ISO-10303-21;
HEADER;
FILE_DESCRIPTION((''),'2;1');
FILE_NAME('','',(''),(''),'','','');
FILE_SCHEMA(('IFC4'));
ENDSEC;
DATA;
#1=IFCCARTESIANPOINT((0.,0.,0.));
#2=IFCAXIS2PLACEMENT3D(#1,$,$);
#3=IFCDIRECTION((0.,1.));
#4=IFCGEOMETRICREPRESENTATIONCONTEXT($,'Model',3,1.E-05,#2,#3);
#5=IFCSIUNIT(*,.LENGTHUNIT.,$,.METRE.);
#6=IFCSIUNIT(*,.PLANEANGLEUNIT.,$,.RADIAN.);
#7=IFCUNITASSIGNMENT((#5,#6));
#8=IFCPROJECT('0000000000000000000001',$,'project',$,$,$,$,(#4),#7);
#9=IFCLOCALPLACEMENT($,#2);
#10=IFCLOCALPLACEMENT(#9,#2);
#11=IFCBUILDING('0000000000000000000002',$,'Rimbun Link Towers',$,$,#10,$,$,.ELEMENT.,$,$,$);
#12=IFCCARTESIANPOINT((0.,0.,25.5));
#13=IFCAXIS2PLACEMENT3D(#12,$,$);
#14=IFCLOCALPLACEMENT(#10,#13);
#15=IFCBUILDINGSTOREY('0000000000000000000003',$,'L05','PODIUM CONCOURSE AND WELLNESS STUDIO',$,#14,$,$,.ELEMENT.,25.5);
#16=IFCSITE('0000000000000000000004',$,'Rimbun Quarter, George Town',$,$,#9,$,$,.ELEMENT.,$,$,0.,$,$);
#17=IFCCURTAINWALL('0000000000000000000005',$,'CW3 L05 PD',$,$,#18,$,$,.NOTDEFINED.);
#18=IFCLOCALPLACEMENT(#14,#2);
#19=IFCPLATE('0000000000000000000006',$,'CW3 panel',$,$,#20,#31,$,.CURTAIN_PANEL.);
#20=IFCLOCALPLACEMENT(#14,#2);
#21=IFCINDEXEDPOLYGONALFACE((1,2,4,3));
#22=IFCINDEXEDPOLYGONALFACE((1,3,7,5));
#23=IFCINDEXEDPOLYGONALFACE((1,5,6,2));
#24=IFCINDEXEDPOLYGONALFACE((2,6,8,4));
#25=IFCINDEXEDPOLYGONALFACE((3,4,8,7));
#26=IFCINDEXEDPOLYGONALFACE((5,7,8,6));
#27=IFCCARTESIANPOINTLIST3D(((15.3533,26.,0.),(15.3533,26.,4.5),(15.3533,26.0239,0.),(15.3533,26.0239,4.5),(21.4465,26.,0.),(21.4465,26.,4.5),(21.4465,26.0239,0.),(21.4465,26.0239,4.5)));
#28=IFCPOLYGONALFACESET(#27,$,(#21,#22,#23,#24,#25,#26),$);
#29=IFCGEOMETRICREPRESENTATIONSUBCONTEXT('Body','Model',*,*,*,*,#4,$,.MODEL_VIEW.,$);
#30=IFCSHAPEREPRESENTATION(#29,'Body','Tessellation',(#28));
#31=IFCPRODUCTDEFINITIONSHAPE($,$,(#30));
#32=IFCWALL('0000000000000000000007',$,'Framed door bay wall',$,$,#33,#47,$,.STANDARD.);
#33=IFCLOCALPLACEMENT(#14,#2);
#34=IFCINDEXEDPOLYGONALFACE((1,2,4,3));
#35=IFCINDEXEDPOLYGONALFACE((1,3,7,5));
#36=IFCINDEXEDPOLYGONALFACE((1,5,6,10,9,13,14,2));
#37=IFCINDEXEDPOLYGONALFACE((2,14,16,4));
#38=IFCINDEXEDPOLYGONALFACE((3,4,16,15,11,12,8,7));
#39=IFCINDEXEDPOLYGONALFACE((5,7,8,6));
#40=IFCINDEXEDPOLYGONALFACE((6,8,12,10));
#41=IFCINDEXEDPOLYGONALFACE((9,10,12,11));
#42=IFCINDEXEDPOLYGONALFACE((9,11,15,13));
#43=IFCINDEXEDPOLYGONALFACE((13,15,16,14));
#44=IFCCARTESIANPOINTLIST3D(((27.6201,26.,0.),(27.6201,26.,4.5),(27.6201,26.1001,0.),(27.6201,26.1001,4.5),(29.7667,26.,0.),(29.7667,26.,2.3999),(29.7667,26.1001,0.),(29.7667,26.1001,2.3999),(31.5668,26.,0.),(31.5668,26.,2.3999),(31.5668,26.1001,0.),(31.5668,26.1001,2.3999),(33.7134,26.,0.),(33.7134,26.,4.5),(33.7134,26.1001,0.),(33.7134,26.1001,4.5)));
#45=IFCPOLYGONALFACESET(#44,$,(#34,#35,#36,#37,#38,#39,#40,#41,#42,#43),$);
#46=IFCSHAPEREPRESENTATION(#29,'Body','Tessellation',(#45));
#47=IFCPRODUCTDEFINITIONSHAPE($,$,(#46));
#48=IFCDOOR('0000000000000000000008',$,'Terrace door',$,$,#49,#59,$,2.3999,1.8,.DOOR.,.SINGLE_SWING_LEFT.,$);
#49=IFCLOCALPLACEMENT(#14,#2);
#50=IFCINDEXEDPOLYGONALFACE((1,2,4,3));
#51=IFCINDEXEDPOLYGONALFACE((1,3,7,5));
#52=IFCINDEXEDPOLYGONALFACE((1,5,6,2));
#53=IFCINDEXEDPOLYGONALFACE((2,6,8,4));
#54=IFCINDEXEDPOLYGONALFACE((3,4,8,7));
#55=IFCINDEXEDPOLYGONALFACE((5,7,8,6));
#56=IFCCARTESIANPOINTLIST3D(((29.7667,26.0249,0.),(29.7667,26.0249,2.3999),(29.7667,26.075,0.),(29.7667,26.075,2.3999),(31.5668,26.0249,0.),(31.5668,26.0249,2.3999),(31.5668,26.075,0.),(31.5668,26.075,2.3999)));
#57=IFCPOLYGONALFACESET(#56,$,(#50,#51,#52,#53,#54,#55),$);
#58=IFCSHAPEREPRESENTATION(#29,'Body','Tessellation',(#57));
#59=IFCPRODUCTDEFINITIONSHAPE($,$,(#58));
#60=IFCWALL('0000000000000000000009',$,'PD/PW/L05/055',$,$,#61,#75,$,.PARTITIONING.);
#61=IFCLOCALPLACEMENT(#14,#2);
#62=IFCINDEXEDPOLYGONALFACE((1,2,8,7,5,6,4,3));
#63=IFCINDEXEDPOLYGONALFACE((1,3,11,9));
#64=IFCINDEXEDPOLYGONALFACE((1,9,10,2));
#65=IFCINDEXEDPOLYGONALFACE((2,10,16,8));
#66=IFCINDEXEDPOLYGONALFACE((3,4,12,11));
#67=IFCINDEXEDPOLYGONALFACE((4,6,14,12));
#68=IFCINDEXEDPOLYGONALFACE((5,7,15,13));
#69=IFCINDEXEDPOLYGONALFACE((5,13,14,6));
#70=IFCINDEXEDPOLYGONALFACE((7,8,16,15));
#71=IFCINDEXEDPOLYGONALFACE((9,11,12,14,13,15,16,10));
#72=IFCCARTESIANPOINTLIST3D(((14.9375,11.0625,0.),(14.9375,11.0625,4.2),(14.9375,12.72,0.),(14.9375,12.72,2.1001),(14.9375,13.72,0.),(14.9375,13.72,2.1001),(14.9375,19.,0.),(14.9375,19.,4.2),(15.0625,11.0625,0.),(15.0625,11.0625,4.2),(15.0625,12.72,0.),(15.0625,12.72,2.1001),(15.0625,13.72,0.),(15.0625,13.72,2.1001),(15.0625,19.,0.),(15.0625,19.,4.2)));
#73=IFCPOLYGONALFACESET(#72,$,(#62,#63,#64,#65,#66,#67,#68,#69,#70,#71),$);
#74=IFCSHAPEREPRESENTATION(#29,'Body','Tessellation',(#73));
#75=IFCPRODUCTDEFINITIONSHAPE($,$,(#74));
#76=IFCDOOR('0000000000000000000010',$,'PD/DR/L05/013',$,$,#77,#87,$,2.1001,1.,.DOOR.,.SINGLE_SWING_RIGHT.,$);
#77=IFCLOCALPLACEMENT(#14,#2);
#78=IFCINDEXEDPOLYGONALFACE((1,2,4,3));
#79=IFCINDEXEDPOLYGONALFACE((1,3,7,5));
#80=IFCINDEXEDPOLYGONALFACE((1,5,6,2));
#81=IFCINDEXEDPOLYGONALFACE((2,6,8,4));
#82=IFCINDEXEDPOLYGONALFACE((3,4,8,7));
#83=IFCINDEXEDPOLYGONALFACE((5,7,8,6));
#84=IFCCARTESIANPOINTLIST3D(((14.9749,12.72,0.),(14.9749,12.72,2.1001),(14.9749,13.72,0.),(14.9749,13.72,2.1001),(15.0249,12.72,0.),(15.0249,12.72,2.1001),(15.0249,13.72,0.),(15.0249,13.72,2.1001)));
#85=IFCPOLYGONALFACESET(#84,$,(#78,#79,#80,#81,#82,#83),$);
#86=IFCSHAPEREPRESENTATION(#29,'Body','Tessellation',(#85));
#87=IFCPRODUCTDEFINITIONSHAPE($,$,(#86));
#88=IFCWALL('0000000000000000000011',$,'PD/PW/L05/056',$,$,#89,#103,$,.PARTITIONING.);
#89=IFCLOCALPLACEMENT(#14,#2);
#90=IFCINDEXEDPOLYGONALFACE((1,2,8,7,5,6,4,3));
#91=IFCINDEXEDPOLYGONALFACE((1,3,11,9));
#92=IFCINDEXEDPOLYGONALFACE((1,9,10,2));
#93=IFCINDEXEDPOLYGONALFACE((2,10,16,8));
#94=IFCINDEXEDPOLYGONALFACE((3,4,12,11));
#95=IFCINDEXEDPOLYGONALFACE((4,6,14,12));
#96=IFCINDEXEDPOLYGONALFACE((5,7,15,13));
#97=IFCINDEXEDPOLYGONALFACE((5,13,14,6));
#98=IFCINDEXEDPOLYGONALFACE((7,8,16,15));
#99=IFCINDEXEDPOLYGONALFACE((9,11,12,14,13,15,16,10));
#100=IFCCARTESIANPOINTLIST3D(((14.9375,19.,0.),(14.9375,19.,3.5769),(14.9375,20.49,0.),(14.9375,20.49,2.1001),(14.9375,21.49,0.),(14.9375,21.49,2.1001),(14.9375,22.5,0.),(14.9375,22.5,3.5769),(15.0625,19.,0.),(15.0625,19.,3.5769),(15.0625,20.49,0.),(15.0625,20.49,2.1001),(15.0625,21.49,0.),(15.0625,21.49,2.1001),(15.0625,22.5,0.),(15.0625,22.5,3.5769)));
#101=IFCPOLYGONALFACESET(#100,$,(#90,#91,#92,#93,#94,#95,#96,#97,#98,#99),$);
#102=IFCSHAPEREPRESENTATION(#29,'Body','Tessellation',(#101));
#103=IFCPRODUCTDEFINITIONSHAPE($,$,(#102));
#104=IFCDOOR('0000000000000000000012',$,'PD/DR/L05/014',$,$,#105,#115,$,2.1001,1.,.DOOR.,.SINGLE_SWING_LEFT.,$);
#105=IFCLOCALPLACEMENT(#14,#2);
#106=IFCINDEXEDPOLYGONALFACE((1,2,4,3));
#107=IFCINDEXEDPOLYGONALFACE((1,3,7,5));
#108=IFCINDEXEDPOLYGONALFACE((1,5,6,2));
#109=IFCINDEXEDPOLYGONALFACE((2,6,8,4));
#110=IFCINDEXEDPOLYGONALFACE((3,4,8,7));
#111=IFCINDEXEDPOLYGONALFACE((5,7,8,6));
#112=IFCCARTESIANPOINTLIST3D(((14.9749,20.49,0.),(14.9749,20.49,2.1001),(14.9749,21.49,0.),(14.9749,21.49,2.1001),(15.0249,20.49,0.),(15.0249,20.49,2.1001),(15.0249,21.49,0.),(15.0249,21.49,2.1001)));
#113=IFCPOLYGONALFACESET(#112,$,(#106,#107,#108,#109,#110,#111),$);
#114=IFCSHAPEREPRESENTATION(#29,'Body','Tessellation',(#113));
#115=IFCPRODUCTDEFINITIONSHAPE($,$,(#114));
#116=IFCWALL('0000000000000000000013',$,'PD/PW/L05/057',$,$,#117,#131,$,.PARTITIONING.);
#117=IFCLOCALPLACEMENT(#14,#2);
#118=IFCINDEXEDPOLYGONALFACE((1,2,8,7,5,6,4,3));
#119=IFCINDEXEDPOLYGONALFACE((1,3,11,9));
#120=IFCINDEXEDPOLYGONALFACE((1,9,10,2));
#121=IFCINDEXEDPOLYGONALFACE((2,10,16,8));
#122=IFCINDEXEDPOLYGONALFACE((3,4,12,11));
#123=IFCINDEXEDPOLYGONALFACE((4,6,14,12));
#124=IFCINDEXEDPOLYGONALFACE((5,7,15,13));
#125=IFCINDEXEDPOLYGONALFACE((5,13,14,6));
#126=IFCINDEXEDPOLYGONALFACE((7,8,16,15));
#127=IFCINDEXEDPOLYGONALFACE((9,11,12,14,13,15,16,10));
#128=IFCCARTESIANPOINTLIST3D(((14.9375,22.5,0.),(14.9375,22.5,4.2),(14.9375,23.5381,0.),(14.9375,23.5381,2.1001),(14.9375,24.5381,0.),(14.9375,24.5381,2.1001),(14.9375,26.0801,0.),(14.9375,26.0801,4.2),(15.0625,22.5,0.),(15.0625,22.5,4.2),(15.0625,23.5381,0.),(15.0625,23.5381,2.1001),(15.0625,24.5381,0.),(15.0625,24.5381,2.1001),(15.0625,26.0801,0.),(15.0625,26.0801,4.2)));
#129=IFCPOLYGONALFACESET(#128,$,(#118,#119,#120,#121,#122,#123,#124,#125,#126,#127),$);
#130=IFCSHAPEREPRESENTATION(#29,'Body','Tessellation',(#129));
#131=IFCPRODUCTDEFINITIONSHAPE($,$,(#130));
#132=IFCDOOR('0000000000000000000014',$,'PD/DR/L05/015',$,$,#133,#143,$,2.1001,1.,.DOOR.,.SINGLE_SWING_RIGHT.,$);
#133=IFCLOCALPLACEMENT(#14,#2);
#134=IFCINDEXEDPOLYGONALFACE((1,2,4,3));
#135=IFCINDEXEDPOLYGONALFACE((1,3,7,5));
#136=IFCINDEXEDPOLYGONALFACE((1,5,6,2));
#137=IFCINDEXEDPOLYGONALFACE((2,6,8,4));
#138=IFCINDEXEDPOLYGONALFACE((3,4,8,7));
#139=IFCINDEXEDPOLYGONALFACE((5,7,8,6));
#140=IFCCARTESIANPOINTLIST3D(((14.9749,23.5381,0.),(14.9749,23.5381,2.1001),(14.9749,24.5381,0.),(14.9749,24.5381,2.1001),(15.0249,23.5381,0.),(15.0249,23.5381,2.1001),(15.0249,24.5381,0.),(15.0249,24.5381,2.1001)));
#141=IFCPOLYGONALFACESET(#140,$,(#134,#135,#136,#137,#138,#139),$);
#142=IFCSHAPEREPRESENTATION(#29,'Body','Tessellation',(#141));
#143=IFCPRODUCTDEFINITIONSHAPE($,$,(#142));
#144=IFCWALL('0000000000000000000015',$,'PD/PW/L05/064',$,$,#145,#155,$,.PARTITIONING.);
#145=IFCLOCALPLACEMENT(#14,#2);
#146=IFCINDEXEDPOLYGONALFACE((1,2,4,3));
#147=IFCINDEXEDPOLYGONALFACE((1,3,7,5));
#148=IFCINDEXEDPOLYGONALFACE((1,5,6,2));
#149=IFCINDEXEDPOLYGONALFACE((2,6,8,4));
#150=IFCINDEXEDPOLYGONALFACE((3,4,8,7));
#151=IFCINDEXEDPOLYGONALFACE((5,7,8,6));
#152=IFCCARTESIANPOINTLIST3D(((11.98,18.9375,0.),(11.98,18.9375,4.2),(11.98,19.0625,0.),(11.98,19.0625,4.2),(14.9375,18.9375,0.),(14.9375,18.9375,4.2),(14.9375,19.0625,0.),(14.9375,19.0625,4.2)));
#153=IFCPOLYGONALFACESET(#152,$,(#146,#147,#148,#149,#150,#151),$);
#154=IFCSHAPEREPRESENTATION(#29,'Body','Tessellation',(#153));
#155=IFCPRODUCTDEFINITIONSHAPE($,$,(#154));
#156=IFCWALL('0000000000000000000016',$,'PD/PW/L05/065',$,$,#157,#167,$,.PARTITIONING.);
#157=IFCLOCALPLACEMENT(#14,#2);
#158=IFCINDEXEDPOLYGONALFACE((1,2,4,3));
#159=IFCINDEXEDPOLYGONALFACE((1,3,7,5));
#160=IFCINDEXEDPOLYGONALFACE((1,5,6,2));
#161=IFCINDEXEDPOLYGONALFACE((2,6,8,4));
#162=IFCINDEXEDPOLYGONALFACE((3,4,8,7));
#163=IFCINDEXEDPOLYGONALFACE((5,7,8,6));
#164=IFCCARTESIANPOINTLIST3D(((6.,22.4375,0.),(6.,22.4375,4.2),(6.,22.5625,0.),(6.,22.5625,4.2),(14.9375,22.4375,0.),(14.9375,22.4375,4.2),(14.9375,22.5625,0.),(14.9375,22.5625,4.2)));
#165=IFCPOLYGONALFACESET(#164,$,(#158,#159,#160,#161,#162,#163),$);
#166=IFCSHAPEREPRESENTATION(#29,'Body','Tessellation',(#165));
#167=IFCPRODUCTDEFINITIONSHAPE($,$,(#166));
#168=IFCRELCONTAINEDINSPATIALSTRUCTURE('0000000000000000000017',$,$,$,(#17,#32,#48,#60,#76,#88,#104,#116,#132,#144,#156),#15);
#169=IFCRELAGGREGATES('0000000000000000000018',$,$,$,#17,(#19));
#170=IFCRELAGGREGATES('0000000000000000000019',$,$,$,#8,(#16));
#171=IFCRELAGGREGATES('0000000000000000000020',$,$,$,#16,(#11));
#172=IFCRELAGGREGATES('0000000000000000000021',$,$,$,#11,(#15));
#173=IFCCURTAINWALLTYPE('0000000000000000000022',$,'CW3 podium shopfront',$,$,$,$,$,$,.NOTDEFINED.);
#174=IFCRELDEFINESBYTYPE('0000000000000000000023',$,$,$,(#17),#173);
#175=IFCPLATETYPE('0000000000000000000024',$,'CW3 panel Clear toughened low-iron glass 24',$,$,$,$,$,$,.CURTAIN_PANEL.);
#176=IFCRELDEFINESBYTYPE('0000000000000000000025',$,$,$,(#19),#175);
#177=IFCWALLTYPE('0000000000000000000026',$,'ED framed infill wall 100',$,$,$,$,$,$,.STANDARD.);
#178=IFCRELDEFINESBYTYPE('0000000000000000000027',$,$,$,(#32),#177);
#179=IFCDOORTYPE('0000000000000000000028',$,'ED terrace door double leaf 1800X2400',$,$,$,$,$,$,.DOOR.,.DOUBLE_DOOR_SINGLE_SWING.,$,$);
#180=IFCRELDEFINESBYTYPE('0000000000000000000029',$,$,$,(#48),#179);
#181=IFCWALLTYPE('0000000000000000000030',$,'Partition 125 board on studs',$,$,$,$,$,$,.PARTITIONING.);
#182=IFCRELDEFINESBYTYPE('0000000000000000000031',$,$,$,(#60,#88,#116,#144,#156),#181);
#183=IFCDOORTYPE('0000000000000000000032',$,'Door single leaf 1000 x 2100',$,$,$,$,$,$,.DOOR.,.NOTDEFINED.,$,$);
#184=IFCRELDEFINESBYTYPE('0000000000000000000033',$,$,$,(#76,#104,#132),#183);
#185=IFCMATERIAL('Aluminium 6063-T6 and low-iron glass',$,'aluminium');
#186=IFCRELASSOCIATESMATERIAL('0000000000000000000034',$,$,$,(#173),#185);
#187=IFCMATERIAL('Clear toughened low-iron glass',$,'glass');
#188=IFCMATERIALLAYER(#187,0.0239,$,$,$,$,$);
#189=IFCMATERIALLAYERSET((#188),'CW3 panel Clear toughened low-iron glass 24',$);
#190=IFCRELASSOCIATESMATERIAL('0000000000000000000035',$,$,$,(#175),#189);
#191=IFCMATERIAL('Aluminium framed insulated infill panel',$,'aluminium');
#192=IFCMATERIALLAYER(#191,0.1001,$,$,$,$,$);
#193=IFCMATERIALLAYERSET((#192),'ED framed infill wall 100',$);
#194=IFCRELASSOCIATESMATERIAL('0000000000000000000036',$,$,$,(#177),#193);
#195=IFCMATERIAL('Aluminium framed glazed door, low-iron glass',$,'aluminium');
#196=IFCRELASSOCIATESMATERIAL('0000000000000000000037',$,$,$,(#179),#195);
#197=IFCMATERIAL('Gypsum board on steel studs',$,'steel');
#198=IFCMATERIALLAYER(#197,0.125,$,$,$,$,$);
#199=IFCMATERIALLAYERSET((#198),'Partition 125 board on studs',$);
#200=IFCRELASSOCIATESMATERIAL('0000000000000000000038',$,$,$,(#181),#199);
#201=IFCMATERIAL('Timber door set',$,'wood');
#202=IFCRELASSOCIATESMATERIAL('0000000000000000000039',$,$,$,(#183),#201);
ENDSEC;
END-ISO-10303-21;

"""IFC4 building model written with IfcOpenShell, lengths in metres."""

from ifc_helpers import new_model, si_unit, direction, frame, frame_2d, origin, origin_2d, place, context, subcontext, project, spatial, rectangle, extrude, material, layer, layer_set, type_object, element, fill, aggregate, save


model = new_model("IFC4")

# Units and contexts
model_context = context("Model", 3, precision=1e-05, world=origin(), true_north=direction((0.0, 1.0)))
body_context = subcontext(model_context, "Body", "Model", "MODEL_VIEW")
ifc_project = project(units=[si_unit("LENGTHUNIT", "METRE"), si_unit("PLANEANGLEUNIT", "RADIAN")], contexts=[model_context])

# Site, building, storey
site_placement = place(None, origin())
site = spatial("IfcSite", under=ifc_project, at=site_placement, Name="Rimbun Quarter, George Town", CompositionType="ELEMENT", RefElevation=0.0)
building_placement = place(site_placement, origin())
building = spatial("IfcBuilding", under=site, at=building_placement, Name="Rimbun Link Towers", CompositionType="ELEMENT")
storey_placement = place(building_placement, frame((0.0, 0.0, 25.5)))
storey = spatial("IfcBuildingStorey", under=building, at=storey_placement, Name="L05", Description="PODIUM CONCOURSE AND WELLNESS STUDIO", CompositionType="ELEMENT", Elevation=25.5)

# Curtain wall
ifc_material_1 = material(Name="Aluminium 6063-T6 and low-iron glass", Category="aluminium")
curtain_wall_type = type_object("IfcCurtainWallType", Name="CW3 podium shopfront", PredefinedType="NOTDEFINED", material=ifc_material_1)
curtain_wall_placement = place(storey_placement, origin())
curtain_wall = element("IfcCurtainWall", 1, at=curtain_wall_placement, inside=storey, type_object=curtain_wall_type, Name="CW3 L05 PD", PredefinedType="NOTDEFINED")

# Plate
ifc_material_2 = material(Name="Clear toughened low-iron glass", Category="glass")
ifc_layer_1 = layer(ifc_material_2, 0.0239)
ifc_layer_set_1 = layer_set([ifc_layer_1], Name="CW3 panel Clear toughened low-iron glass 24")
plate_type = type_object("IfcPlateType", Name="CW3 panel Clear toughened low-iron glass 24", PredefinedType="CURTAIN_PANEL", material=ifc_layer_set_1)
plate_1_placement = place(storey_placement, frame((18.3999, 26.012, 0.0), z_axis=(0.0, 0.0, 1.0), x_axis=(1.0, 0.0, 0.0)))
plate_1 = element("IfcPlate", 2, at=plate_1_placement, type_object=plate_type, Name="CW3 panel", PredefinedType="CURTAIN_PANEL", context=body_context, shape_type="SweptSolid", body=[
    extrude(rectangle(XDim=6.0933, YDim=0.0239, at=origin_2d()), origin(), (0.0, 0.0, 1.0), 4.5),
])
aggregate(curtain_wall, [plate_1])

# Walls, openings, doors
ifc_material_3 = material(Name="Aluminium framed insulated infill panel", Category="aluminium")
ifc_layer_2 = layer(ifc_material_3, 0.1001)
ifc_layer_set_2 = layer_set([ifc_layer_2], Name="ED framed infill wall 100")
wall_type_1 = type_object("IfcWallType", Name="ED framed infill wall 100", PredefinedType="STANDARD", material=ifc_layer_set_2)
wall_1_placement = place(storey_placement, frame((27.6201, 26.05, 0.0), z_axis=(0.0, 0.0, 1.0), x_axis=(1.0, 0.0, 0.0)))
wall_1 = element("IfcWall", 3, at=wall_1_placement, inside=storey, type_object=wall_type_1, Name="Framed door bay wall", PredefinedType="STANDARD", context=body_context, shape_type="SweptSolid", body=[
    extrude(rectangle(XDim=6.0933, YDim=0.1001, at=frame_2d((3.0466, 0.0))), origin(), (0.0, 0.0, 1.0), 4.5),
])
opening_1_placement = place(wall_1_placement, frame((2.1467, 0.0, 0.0)))
opening_1 = element("IfcOpeningElement", 4, at=opening_1_placement, cuts=wall_1, PredefinedType="OPENING", context=body_context, shape_type="SweptSolid", body=[
    extrude(rectangle(XDim=1.8, YDim=2.3999, at=frame_2d((0.8999, 1.2))), frame((0.0, 0.0601, 0.0), z_axis=(0.0, -1.0, 0.0), x_axis=(1.0, 0.0, 0.0)), (0.0, 0.0, 1.0), 0.1201),
])
ifc_material_4 = material(Name="Aluminium framed glazed door, low-iron glass", Category="aluminium")
door_type_1 = type_object("IfcDoorType", Name="ED terrace door double leaf 1800X2400", OperationType="DOUBLE_DOOR_SINGLE_SWING", PredefinedType="DOOR", material=ifc_material_4)
door_1_placement = place(opening_1_placement, origin())
door_1 = element("IfcDoor", 5, at=door_1_placement, inside=storey, type_object=door_type_1, Name="Terrace door", OperationType="SINGLE_SWING_LEFT", OverallHeight=2.3999, OverallWidth=1.8, PredefinedType="DOOR", context=body_context, shape_type="SweptSolid", body=[
    extrude(rectangle(XDim=1.8, YDim=2.3999, at=frame_2d((0.8999, 1.2))), frame((0.0, 0.0249, 0.0), z_axis=(0.0, -1.0, 0.0), x_axis=(1.0, 0.0, 0.0)), (0.0, 0.0, 1.0), 0.05),
])
fill(opening_1, door_1)
ifc_material_5 = material(Name="Gypsum board on steel studs", Category="steel")
ifc_layer_3 = layer(ifc_material_5, 0.125)
ifc_layer_set_3 = layer_set([ifc_layer_3], Name="Partition 125 board on studs")
wall_type_2 = type_object("IfcWallType", Name="Partition 125 board on studs", PredefinedType="PARTITIONING", material=ifc_layer_set_3)
wall_2_placement = place(storey_placement, frame((15.0, 19.0, 0.0), z_axis=(0.0, 0.0, 1.0), x_axis=(0.0, -1.0, 0.0)))
wall_2 = element("IfcWall", 6, at=wall_2_placement, inside=storey, type_object=wall_type_2, Name="PD/PW/L05/055", PredefinedType="PARTITIONING", context=body_context, shape_type="SweptSolid", body=[
    extrude(rectangle(XDim=7.9375, YDim=0.125, at=frame_2d((3.9688, 0.0))), origin(), (0.0, 0.0, 1.0), 4.2),
])
opening_2_placement = place(wall_2_placement, frame((5.28, 0.0, 0.0)))
opening_2 = element("IfcOpeningElement", 7, at=opening_2_placement, cuts=wall_2, PredefinedType="OPENING", context=body_context, shape_type="SweptSolid", body=[
    extrude(rectangle(XDim=1.0, YDim=2.1001, at=frame_2d((0.5, 1.05))), frame((0.0, 0.0725, 0.0), z_axis=(0.0, -1.0, 0.0), x_axis=(1.0, 0.0, 0.0)), (0.0, 0.0, 1.0), 0.145),
])
ifc_material_6 = material(Name="Timber door set", Category="wood")
door_type_2 = type_object("IfcDoorType", Name="Door single leaf 1000 x 2100", OperationType="NOTDEFINED", PredefinedType="DOOR", material=ifc_material_6)
door_2_placement = place(opening_2_placement, origin())
door_2 = element("IfcDoor", 8, at=door_2_placement, inside=storey, type_object=door_type_2, Name="PD/DR/L05/013", OperationType="SINGLE_SWING_RIGHT", OverallHeight=2.1001, OverallWidth=1.0, PredefinedType="DOOR", context=body_context, shape_type="SweptSolid", body=[
    extrude(rectangle(XDim=1.0, YDim=2.1001, at=frame_2d((0.5, 1.05))), frame((0.0, 0.0249, 0.0), z_axis=(0.0, -1.0, 0.0), x_axis=(1.0, 0.0, 0.0)), (0.0, 0.0, 1.0), 0.05),
])
fill(opening_2, door_2)
wall_3_placement = place(storey_placement, frame((15.0, 22.5, 0.0), z_axis=(0.0, 0.0, 1.0), x_axis=(0.0, -1.0, 0.0)))
wall_3 = element("IfcWall", 9, at=wall_3_placement, inside=storey, type_object=wall_type_2, Name="PD/PW/L05/056", PredefinedType="PARTITIONING", context=body_context, shape_type="SweptSolid", body=[
    extrude(rectangle(XDim=3.5, YDim=0.125, at=frame_2d((1.75, 0.0))), origin(), (0.0, 0.0, 1.0), 3.5769),
])
opening_3_placement = place(wall_3_placement, frame((1.01, 0.0, 0.0)))
opening_3 = element("IfcOpeningElement", 10, at=opening_3_placement, cuts=wall_3, PredefinedType="OPENING", context=body_context, shape_type="SweptSolid", body=[
    extrude(rectangle(XDim=1.0, YDim=2.1001, at=frame_2d((0.5, 1.05))), frame((0.0, 0.0725, 0.0), z_axis=(0.0, -1.0, 0.0), x_axis=(1.0, 0.0, 0.0)), (0.0, 0.0, 1.0), 0.145),
])
door_3_placement = place(opening_3_placement, origin())
door_3 = element("IfcDoor", 11, at=door_3_placement, inside=storey, type_object=door_type_2, Name="PD/DR/L05/014", OperationType="SINGLE_SWING_LEFT", OverallHeight=2.1001, OverallWidth=1.0, PredefinedType="DOOR", context=body_context, shape_type="SweptSolid", body=[
    extrude(rectangle(XDim=1.0, YDim=2.1001, at=frame_2d((0.5, 1.05))), frame((0.0, 0.0249, 0.0), z_axis=(0.0, -1.0, 0.0), x_axis=(1.0, 0.0, 0.0)), (0.0, 0.0, 1.0), 0.05),
])
fill(opening_3, door_3)
wall_4_placement = place(storey_placement, frame((15.0, 26.0801, 0.0), z_axis=(0.0, 0.0, 1.0), x_axis=(0.0, -1.0, 0.0)))
wall_4 = element("IfcWall", 12, at=wall_4_placement, inside=storey, type_object=wall_type_2, Name="PD/PW/L05/057", PredefinedType="PARTITIONING", context=body_context, shape_type="SweptSolid", body=[
    extrude(rectangle(XDim=3.5801, YDim=0.125, at=frame_2d((1.79, 0.0))), origin(), (0.0, 0.0, 1.0), 4.2),
])
opening_4_placement = place(wall_4_placement, frame((1.542, 0.0, 0.0)))
opening_4 = element("IfcOpeningElement", 13, at=opening_4_placement, cuts=wall_4, PredefinedType="OPENING", context=body_context, shape_type="SweptSolid", body=[
    extrude(rectangle(XDim=1.0, YDim=2.1001, at=frame_2d((0.5, 1.05))), frame((0.0, 0.0725, 0.0), z_axis=(0.0, -1.0, 0.0), x_axis=(1.0, 0.0, 0.0)), (0.0, 0.0, 1.0), 0.145),
])
door_4_placement = place(opening_4_placement, origin())
door_4 = element("IfcDoor", 14, at=door_4_placement, inside=storey, type_object=door_type_2, Name="PD/DR/L05/015", OperationType="SINGLE_SWING_RIGHT", OverallHeight=2.1001, OverallWidth=1.0, PredefinedType="DOOR", context=body_context, shape_type="SweptSolid", body=[
    extrude(rectangle(XDim=1.0, YDim=2.1001, at=frame_2d((0.5, 1.05))), frame((0.0, 0.0249, 0.0), z_axis=(0.0, -1.0, 0.0), x_axis=(1.0, 0.0, 0.0)), (0.0, 0.0, 1.0), 0.05),
])
fill(opening_4, door_4)

# Walls
wall_5_placement = place(storey_placement, frame((14.9375, 19.0, 0.0), z_axis=(0.0, 0.0, 1.0), x_axis=(-1.0, 0.0, 0.0)))
element("IfcWall", 15, at=wall_5_placement, inside=storey, type_object=wall_type_2, Name="PD/PW/L05/064", PredefinedType="PARTITIONING", context=body_context, shape_type="SweptSolid", body=[
    extrude(rectangle(XDim=2.9575, YDim=0.125, at=frame_2d((1.4788, 0.0))), origin(), (0.0, 0.0, 1.0), 4.2),
])
wall_6_placement = place(storey_placement, frame((14.9375, 22.5, 0.0), z_axis=(0.0, 0.0, 1.0), x_axis=(-1.0, 0.0, 0.0)))
element("IfcWall", 16, at=wall_6_placement, inside=storey, type_object=wall_type_2, Name="PD/PW/L05/065", PredefinedType="PARTITIONING", context=body_context, shape_type="SweptSolid", body=[
    extrude(rectangle(XDim=8.9375, YDim=0.125, at=frame_2d((4.4688, 0.0))), origin(), (0.0, 0.0, 1.0), 4.2),
])

save(model, "model.ifc")
